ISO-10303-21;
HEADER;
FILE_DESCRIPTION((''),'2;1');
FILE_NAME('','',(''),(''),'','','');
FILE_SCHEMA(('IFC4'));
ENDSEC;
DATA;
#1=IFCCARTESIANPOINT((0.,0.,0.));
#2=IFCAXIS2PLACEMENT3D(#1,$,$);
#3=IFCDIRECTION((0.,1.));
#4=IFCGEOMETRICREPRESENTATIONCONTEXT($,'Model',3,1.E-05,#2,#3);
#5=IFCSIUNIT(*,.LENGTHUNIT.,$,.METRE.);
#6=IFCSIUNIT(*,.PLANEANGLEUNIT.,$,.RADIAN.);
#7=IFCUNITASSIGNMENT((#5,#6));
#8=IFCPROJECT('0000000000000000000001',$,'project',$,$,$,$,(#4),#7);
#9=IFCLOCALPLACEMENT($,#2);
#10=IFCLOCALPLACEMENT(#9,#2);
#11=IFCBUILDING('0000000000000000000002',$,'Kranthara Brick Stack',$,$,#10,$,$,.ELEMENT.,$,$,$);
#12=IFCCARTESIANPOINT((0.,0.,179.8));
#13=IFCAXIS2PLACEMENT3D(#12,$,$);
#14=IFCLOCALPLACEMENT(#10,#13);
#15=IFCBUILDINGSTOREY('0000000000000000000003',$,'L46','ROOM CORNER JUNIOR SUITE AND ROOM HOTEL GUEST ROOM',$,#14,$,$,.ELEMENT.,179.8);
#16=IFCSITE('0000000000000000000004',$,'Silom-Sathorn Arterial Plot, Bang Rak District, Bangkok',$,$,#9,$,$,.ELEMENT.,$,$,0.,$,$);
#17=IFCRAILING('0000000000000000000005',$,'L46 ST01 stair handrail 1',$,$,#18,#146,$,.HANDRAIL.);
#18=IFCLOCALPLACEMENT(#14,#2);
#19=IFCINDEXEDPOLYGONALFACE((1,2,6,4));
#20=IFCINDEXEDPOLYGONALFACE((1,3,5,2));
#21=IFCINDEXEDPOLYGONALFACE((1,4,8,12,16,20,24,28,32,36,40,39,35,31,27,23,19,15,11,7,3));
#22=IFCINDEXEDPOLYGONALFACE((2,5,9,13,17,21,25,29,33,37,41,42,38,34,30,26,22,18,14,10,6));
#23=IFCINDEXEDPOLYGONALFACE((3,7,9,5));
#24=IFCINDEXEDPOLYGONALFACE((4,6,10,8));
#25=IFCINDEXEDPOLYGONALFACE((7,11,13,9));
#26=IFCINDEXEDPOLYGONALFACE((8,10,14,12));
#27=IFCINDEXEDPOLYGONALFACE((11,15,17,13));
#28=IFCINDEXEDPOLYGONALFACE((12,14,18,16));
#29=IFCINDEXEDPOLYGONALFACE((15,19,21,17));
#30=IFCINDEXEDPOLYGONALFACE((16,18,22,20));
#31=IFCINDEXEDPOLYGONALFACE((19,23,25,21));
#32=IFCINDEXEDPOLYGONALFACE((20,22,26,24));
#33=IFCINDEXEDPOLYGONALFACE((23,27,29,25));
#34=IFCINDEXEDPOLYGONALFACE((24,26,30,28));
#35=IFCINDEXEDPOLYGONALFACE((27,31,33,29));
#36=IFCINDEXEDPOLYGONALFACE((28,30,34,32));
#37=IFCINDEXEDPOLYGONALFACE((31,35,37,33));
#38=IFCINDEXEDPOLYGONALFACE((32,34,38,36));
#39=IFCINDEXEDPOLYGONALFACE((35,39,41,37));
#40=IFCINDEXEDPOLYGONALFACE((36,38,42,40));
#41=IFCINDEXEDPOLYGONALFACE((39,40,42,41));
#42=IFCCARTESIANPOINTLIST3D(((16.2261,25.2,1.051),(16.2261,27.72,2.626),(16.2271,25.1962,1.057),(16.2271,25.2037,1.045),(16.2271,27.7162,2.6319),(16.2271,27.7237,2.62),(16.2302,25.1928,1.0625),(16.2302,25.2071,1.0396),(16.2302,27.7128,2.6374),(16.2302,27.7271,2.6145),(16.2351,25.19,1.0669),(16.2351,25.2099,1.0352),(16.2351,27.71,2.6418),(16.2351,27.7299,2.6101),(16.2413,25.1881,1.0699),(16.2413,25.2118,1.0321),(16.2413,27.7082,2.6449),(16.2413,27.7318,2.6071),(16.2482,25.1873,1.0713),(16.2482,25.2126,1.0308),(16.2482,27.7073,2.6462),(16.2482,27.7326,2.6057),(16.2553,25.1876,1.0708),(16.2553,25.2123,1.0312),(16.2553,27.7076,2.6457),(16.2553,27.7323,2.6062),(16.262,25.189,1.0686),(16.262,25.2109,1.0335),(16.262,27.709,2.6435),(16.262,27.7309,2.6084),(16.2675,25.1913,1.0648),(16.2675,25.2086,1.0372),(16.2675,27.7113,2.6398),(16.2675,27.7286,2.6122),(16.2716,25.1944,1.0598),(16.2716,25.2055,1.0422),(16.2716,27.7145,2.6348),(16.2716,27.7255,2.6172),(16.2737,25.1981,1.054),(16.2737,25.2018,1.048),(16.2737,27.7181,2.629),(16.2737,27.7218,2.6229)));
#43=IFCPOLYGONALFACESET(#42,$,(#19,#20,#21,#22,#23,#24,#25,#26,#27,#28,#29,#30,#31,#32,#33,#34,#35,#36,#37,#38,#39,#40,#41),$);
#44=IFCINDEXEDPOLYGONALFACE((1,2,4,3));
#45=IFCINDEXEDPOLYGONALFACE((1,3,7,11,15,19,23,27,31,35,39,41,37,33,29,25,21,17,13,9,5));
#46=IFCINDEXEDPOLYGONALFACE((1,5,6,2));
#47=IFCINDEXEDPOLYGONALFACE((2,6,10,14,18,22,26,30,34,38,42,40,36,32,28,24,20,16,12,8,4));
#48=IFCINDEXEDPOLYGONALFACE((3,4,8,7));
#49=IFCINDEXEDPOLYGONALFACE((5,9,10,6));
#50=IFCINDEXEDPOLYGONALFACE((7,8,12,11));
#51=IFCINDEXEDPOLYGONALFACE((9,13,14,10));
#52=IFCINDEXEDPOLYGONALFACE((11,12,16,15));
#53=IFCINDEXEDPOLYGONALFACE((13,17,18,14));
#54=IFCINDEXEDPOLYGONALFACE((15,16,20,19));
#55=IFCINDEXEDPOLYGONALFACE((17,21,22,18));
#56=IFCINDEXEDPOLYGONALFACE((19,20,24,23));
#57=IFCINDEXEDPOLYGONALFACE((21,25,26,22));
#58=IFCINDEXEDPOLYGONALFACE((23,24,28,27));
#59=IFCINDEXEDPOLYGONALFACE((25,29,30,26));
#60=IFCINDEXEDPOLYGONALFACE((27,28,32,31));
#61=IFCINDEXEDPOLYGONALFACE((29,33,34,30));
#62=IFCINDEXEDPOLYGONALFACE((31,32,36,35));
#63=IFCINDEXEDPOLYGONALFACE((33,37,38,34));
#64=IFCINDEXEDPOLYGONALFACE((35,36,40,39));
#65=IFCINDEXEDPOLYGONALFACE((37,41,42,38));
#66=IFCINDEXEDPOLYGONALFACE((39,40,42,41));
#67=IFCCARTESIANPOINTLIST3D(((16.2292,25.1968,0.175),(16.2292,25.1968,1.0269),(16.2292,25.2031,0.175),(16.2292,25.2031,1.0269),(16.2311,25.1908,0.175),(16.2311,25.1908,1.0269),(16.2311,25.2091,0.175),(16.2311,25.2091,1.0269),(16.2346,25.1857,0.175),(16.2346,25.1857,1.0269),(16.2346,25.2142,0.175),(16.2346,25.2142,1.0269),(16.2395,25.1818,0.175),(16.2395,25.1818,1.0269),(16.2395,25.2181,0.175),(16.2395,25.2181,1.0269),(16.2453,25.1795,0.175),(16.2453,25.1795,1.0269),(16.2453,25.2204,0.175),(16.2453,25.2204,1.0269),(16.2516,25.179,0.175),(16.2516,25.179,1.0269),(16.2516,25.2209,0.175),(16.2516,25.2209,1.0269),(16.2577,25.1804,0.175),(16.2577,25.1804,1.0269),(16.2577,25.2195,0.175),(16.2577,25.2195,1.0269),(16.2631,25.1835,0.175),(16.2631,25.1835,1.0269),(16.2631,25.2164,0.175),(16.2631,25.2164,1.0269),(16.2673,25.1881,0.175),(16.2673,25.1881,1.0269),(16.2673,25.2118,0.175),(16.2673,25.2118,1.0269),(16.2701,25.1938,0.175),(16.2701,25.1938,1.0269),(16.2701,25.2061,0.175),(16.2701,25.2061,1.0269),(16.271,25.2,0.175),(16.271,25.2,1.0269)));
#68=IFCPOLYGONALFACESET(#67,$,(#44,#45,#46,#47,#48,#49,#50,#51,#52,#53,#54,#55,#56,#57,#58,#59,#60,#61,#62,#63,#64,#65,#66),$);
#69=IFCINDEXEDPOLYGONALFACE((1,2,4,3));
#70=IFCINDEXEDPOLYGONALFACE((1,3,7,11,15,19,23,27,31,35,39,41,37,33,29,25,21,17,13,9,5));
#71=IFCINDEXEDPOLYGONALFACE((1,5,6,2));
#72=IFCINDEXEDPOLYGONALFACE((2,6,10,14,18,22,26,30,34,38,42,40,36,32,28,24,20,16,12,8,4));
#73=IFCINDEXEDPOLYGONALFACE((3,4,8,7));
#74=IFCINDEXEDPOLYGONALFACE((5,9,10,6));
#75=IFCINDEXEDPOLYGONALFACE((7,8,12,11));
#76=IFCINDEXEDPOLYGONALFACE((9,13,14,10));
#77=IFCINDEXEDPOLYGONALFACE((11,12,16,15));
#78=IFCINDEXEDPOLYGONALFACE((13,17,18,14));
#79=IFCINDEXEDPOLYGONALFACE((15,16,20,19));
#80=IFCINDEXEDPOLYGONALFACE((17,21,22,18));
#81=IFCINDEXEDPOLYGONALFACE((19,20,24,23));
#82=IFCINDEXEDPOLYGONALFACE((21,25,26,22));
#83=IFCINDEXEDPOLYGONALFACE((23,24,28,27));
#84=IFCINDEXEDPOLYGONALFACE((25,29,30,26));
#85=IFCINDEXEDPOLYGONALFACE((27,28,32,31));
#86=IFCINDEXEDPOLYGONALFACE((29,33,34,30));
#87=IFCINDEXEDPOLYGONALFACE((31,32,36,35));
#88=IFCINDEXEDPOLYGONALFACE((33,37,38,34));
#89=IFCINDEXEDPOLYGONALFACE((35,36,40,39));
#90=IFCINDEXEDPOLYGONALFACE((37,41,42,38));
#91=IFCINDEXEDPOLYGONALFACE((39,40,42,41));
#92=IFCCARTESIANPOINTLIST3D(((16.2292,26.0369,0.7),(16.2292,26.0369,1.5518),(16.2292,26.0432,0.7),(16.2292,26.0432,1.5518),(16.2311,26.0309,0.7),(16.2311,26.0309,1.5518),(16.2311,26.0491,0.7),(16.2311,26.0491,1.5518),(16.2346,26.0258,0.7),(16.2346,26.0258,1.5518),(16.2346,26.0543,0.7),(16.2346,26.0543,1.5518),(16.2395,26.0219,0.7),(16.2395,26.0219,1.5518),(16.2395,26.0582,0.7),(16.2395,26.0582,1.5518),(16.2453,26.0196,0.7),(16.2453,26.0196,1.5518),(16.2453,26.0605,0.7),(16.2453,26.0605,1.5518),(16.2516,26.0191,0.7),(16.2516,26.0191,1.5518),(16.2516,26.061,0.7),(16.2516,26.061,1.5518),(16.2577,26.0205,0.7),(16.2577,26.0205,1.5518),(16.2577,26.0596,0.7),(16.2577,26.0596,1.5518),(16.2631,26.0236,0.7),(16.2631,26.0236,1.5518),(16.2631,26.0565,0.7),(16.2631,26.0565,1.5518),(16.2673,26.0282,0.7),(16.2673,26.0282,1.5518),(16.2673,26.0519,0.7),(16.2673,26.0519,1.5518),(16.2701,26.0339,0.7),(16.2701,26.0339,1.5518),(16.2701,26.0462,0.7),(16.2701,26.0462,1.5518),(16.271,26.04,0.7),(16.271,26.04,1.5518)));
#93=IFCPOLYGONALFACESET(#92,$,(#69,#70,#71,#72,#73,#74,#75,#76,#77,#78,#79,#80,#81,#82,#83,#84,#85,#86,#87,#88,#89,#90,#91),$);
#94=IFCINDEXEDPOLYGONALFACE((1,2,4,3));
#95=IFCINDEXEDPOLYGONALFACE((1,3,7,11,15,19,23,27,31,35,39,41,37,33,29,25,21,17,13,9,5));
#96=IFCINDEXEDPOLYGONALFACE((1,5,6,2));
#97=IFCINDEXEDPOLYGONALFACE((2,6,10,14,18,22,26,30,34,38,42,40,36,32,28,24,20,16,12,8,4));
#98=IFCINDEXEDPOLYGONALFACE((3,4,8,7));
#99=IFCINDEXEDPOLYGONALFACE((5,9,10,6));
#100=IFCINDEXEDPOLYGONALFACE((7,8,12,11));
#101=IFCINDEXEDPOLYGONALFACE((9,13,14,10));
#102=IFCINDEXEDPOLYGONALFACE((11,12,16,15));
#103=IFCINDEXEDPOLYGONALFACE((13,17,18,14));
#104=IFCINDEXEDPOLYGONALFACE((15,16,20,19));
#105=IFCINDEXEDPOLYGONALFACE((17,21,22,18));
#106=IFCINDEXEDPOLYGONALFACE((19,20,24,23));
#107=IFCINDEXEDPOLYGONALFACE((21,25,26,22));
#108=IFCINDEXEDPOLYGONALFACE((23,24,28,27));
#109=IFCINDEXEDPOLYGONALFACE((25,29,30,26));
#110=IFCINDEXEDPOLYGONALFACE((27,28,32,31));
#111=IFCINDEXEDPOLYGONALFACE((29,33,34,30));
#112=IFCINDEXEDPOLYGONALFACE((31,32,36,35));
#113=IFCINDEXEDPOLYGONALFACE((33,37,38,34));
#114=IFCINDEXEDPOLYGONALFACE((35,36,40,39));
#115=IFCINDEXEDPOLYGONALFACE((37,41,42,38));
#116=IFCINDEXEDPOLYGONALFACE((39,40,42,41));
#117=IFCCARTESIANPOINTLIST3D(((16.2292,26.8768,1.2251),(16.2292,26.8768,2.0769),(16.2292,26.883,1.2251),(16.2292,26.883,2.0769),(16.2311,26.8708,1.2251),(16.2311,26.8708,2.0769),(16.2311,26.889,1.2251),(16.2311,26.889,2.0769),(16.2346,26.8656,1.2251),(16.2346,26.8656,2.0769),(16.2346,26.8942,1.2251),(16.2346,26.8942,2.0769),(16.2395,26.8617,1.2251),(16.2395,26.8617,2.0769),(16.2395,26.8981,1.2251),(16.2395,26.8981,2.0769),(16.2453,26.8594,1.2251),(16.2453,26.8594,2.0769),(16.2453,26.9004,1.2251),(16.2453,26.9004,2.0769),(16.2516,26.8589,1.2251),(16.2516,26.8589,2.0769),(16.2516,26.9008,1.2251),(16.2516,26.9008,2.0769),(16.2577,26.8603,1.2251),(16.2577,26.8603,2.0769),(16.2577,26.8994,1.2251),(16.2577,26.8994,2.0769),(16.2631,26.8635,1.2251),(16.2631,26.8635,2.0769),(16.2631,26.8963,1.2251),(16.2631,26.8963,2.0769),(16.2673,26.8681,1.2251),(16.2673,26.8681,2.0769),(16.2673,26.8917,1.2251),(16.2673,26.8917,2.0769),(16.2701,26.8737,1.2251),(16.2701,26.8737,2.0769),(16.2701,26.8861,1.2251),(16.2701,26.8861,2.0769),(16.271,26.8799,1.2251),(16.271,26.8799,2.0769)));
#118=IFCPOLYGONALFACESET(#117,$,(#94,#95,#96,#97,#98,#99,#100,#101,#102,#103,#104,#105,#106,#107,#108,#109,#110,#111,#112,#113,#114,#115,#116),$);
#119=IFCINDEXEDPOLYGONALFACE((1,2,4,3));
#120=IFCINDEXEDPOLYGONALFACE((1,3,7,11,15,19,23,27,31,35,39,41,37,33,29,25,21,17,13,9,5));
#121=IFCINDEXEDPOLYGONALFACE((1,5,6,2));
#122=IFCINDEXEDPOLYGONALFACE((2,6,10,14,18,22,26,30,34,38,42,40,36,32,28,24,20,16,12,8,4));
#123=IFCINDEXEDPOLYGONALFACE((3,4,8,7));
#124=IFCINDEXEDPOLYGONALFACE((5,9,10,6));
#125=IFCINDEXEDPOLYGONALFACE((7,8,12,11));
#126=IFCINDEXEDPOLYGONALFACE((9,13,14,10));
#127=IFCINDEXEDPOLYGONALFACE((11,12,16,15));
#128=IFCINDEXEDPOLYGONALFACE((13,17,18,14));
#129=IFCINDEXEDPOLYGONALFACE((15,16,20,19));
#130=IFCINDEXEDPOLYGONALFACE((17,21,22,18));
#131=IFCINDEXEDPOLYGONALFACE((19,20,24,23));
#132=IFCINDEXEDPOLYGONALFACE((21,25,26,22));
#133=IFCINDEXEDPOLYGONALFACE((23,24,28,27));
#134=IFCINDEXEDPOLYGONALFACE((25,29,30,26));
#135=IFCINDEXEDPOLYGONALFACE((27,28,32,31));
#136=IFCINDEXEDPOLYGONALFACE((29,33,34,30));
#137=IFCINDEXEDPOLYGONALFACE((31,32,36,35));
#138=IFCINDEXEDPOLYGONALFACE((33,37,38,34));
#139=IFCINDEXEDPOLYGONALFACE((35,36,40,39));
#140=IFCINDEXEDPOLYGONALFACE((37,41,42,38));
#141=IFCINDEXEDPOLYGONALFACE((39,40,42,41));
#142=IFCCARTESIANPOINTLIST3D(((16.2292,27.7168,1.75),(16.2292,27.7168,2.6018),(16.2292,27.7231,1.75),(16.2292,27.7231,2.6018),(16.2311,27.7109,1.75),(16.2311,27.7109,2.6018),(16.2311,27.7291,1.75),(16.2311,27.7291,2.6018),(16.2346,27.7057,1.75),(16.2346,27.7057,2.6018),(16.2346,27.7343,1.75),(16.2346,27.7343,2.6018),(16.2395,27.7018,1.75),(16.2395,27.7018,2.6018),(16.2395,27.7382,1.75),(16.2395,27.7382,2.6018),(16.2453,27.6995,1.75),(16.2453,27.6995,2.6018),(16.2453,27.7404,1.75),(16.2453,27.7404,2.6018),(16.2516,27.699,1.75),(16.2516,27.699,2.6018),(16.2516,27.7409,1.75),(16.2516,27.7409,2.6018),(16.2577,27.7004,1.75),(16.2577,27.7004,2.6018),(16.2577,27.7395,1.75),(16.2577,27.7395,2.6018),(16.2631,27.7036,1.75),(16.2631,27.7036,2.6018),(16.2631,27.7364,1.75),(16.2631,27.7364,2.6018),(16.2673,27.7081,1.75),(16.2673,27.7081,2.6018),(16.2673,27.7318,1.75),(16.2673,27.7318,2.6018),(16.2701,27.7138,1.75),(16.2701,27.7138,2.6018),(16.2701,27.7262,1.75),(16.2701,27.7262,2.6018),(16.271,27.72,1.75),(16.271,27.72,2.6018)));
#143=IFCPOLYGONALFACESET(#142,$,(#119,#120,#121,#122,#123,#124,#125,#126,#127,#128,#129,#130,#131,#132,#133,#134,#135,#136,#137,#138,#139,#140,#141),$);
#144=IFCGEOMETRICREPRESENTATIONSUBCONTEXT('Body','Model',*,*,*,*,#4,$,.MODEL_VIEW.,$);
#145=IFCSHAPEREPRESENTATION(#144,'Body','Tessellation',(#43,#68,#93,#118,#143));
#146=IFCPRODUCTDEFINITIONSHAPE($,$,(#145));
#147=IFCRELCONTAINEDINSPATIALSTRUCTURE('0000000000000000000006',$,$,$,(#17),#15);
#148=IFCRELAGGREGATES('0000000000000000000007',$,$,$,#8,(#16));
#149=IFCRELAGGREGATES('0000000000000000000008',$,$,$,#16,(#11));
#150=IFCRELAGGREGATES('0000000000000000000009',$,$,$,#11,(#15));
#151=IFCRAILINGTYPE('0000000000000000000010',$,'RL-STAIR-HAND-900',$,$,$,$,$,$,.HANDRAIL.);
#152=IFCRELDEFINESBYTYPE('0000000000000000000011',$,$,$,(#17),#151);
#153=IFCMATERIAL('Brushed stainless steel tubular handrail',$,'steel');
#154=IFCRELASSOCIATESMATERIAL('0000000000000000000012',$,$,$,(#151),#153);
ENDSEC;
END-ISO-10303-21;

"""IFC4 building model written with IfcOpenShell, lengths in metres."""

from ifc_helpers import new_model, si_unit, direction, frame, origin, origin_2d, place, context, subcontext, project, spatial, circle, extrude, material, type_object, element, save


model = new_model("IFC4")

# Units and contexts
model_context = context("Model", 3, precision=1e-05, world=origin(), true_north=direction((0.0, 1.0)))
body_context = subcontext(model_context, "Body", "Model", "MODEL_VIEW")
ifc_project = project(units=[si_unit("LENGTHUNIT", "METRE"), si_unit("PLANEANGLEUNIT", "RADIAN")], contexts=[model_context])

# Site, building, storey
site_placement = place(None, origin())
site = spatial("IfcSite", under=ifc_project, at=site_placement, Name="Silom-Sathorn Arterial Plot, Bang Rak District, Bangkok", CompositionType="ELEMENT", RefElevation=0.0)
building_placement = place(site_placement, origin())
building = spatial("IfcBuilding", under=site, at=building_placement, Name="Kranthara Brick Stack", CompositionType="ELEMENT")
storey_placement = place(building_placement, frame((0.0, 0.0, 179.8)))
storey = spatial("IfcBuildingStorey", under=building, at=storey_placement, Name="L46", Description="ROOM CORNER JUNIOR SUITE AND ROOM HOTEL GUEST ROOM", CompositionType="ELEMENT", Elevation=179.8)

# Railing
ifc_material_1 = material(Name="Brushed stainless steel tubular handrail", Category="steel")
railing_type_1 = type_object("IfcRailingType", Name="RL-STAIR-HAND-900", PredefinedType="HANDRAIL", material=ifc_material_1)
railing_1_placement = place(storey_placement, frame((16.25, 25.2, 0.175)))
element("IfcRailing", 1, at=railing_1_placement, inside=storey, type_object=railing_type_1, Name="L46 ST01 stair handrail 1", PredefinedType="HANDRAIL", context=body_context, shape_type="SweptSolid", body=[
    extrude(circle(Radius=0.0239, at=origin_2d()), frame((0.0, 0.0, 0.876), z_axis=(0.0, 0.848008, 0.529984), x_axis=(-1.0, 0.0, 0.0)), (0.0, 0.0, 1.0), 2.9717),
    extrude(circle(Radius=0.021, at=origin_2d()), origin(), (0.0, 0.0, 1.0), 0.8518),
    extrude(circle(Radius=0.021, at=origin_2d()), frame((0.0, 0.8401, 0.5249)), (0.0, 0.0, 1.0), 0.8518),
    extrude(circle(Radius=0.021, at=origin_2d()), frame((0.0, 1.6799, 1.05)), (0.0, 0.0, 1.0), 0.8518),
    extrude(circle(Radius=0.021, at=origin_2d()), frame((0.0, 2.52, 1.575)), (0.0, 0.0, 1.0), 0.8518),
])

save(model, "model.ifc")
